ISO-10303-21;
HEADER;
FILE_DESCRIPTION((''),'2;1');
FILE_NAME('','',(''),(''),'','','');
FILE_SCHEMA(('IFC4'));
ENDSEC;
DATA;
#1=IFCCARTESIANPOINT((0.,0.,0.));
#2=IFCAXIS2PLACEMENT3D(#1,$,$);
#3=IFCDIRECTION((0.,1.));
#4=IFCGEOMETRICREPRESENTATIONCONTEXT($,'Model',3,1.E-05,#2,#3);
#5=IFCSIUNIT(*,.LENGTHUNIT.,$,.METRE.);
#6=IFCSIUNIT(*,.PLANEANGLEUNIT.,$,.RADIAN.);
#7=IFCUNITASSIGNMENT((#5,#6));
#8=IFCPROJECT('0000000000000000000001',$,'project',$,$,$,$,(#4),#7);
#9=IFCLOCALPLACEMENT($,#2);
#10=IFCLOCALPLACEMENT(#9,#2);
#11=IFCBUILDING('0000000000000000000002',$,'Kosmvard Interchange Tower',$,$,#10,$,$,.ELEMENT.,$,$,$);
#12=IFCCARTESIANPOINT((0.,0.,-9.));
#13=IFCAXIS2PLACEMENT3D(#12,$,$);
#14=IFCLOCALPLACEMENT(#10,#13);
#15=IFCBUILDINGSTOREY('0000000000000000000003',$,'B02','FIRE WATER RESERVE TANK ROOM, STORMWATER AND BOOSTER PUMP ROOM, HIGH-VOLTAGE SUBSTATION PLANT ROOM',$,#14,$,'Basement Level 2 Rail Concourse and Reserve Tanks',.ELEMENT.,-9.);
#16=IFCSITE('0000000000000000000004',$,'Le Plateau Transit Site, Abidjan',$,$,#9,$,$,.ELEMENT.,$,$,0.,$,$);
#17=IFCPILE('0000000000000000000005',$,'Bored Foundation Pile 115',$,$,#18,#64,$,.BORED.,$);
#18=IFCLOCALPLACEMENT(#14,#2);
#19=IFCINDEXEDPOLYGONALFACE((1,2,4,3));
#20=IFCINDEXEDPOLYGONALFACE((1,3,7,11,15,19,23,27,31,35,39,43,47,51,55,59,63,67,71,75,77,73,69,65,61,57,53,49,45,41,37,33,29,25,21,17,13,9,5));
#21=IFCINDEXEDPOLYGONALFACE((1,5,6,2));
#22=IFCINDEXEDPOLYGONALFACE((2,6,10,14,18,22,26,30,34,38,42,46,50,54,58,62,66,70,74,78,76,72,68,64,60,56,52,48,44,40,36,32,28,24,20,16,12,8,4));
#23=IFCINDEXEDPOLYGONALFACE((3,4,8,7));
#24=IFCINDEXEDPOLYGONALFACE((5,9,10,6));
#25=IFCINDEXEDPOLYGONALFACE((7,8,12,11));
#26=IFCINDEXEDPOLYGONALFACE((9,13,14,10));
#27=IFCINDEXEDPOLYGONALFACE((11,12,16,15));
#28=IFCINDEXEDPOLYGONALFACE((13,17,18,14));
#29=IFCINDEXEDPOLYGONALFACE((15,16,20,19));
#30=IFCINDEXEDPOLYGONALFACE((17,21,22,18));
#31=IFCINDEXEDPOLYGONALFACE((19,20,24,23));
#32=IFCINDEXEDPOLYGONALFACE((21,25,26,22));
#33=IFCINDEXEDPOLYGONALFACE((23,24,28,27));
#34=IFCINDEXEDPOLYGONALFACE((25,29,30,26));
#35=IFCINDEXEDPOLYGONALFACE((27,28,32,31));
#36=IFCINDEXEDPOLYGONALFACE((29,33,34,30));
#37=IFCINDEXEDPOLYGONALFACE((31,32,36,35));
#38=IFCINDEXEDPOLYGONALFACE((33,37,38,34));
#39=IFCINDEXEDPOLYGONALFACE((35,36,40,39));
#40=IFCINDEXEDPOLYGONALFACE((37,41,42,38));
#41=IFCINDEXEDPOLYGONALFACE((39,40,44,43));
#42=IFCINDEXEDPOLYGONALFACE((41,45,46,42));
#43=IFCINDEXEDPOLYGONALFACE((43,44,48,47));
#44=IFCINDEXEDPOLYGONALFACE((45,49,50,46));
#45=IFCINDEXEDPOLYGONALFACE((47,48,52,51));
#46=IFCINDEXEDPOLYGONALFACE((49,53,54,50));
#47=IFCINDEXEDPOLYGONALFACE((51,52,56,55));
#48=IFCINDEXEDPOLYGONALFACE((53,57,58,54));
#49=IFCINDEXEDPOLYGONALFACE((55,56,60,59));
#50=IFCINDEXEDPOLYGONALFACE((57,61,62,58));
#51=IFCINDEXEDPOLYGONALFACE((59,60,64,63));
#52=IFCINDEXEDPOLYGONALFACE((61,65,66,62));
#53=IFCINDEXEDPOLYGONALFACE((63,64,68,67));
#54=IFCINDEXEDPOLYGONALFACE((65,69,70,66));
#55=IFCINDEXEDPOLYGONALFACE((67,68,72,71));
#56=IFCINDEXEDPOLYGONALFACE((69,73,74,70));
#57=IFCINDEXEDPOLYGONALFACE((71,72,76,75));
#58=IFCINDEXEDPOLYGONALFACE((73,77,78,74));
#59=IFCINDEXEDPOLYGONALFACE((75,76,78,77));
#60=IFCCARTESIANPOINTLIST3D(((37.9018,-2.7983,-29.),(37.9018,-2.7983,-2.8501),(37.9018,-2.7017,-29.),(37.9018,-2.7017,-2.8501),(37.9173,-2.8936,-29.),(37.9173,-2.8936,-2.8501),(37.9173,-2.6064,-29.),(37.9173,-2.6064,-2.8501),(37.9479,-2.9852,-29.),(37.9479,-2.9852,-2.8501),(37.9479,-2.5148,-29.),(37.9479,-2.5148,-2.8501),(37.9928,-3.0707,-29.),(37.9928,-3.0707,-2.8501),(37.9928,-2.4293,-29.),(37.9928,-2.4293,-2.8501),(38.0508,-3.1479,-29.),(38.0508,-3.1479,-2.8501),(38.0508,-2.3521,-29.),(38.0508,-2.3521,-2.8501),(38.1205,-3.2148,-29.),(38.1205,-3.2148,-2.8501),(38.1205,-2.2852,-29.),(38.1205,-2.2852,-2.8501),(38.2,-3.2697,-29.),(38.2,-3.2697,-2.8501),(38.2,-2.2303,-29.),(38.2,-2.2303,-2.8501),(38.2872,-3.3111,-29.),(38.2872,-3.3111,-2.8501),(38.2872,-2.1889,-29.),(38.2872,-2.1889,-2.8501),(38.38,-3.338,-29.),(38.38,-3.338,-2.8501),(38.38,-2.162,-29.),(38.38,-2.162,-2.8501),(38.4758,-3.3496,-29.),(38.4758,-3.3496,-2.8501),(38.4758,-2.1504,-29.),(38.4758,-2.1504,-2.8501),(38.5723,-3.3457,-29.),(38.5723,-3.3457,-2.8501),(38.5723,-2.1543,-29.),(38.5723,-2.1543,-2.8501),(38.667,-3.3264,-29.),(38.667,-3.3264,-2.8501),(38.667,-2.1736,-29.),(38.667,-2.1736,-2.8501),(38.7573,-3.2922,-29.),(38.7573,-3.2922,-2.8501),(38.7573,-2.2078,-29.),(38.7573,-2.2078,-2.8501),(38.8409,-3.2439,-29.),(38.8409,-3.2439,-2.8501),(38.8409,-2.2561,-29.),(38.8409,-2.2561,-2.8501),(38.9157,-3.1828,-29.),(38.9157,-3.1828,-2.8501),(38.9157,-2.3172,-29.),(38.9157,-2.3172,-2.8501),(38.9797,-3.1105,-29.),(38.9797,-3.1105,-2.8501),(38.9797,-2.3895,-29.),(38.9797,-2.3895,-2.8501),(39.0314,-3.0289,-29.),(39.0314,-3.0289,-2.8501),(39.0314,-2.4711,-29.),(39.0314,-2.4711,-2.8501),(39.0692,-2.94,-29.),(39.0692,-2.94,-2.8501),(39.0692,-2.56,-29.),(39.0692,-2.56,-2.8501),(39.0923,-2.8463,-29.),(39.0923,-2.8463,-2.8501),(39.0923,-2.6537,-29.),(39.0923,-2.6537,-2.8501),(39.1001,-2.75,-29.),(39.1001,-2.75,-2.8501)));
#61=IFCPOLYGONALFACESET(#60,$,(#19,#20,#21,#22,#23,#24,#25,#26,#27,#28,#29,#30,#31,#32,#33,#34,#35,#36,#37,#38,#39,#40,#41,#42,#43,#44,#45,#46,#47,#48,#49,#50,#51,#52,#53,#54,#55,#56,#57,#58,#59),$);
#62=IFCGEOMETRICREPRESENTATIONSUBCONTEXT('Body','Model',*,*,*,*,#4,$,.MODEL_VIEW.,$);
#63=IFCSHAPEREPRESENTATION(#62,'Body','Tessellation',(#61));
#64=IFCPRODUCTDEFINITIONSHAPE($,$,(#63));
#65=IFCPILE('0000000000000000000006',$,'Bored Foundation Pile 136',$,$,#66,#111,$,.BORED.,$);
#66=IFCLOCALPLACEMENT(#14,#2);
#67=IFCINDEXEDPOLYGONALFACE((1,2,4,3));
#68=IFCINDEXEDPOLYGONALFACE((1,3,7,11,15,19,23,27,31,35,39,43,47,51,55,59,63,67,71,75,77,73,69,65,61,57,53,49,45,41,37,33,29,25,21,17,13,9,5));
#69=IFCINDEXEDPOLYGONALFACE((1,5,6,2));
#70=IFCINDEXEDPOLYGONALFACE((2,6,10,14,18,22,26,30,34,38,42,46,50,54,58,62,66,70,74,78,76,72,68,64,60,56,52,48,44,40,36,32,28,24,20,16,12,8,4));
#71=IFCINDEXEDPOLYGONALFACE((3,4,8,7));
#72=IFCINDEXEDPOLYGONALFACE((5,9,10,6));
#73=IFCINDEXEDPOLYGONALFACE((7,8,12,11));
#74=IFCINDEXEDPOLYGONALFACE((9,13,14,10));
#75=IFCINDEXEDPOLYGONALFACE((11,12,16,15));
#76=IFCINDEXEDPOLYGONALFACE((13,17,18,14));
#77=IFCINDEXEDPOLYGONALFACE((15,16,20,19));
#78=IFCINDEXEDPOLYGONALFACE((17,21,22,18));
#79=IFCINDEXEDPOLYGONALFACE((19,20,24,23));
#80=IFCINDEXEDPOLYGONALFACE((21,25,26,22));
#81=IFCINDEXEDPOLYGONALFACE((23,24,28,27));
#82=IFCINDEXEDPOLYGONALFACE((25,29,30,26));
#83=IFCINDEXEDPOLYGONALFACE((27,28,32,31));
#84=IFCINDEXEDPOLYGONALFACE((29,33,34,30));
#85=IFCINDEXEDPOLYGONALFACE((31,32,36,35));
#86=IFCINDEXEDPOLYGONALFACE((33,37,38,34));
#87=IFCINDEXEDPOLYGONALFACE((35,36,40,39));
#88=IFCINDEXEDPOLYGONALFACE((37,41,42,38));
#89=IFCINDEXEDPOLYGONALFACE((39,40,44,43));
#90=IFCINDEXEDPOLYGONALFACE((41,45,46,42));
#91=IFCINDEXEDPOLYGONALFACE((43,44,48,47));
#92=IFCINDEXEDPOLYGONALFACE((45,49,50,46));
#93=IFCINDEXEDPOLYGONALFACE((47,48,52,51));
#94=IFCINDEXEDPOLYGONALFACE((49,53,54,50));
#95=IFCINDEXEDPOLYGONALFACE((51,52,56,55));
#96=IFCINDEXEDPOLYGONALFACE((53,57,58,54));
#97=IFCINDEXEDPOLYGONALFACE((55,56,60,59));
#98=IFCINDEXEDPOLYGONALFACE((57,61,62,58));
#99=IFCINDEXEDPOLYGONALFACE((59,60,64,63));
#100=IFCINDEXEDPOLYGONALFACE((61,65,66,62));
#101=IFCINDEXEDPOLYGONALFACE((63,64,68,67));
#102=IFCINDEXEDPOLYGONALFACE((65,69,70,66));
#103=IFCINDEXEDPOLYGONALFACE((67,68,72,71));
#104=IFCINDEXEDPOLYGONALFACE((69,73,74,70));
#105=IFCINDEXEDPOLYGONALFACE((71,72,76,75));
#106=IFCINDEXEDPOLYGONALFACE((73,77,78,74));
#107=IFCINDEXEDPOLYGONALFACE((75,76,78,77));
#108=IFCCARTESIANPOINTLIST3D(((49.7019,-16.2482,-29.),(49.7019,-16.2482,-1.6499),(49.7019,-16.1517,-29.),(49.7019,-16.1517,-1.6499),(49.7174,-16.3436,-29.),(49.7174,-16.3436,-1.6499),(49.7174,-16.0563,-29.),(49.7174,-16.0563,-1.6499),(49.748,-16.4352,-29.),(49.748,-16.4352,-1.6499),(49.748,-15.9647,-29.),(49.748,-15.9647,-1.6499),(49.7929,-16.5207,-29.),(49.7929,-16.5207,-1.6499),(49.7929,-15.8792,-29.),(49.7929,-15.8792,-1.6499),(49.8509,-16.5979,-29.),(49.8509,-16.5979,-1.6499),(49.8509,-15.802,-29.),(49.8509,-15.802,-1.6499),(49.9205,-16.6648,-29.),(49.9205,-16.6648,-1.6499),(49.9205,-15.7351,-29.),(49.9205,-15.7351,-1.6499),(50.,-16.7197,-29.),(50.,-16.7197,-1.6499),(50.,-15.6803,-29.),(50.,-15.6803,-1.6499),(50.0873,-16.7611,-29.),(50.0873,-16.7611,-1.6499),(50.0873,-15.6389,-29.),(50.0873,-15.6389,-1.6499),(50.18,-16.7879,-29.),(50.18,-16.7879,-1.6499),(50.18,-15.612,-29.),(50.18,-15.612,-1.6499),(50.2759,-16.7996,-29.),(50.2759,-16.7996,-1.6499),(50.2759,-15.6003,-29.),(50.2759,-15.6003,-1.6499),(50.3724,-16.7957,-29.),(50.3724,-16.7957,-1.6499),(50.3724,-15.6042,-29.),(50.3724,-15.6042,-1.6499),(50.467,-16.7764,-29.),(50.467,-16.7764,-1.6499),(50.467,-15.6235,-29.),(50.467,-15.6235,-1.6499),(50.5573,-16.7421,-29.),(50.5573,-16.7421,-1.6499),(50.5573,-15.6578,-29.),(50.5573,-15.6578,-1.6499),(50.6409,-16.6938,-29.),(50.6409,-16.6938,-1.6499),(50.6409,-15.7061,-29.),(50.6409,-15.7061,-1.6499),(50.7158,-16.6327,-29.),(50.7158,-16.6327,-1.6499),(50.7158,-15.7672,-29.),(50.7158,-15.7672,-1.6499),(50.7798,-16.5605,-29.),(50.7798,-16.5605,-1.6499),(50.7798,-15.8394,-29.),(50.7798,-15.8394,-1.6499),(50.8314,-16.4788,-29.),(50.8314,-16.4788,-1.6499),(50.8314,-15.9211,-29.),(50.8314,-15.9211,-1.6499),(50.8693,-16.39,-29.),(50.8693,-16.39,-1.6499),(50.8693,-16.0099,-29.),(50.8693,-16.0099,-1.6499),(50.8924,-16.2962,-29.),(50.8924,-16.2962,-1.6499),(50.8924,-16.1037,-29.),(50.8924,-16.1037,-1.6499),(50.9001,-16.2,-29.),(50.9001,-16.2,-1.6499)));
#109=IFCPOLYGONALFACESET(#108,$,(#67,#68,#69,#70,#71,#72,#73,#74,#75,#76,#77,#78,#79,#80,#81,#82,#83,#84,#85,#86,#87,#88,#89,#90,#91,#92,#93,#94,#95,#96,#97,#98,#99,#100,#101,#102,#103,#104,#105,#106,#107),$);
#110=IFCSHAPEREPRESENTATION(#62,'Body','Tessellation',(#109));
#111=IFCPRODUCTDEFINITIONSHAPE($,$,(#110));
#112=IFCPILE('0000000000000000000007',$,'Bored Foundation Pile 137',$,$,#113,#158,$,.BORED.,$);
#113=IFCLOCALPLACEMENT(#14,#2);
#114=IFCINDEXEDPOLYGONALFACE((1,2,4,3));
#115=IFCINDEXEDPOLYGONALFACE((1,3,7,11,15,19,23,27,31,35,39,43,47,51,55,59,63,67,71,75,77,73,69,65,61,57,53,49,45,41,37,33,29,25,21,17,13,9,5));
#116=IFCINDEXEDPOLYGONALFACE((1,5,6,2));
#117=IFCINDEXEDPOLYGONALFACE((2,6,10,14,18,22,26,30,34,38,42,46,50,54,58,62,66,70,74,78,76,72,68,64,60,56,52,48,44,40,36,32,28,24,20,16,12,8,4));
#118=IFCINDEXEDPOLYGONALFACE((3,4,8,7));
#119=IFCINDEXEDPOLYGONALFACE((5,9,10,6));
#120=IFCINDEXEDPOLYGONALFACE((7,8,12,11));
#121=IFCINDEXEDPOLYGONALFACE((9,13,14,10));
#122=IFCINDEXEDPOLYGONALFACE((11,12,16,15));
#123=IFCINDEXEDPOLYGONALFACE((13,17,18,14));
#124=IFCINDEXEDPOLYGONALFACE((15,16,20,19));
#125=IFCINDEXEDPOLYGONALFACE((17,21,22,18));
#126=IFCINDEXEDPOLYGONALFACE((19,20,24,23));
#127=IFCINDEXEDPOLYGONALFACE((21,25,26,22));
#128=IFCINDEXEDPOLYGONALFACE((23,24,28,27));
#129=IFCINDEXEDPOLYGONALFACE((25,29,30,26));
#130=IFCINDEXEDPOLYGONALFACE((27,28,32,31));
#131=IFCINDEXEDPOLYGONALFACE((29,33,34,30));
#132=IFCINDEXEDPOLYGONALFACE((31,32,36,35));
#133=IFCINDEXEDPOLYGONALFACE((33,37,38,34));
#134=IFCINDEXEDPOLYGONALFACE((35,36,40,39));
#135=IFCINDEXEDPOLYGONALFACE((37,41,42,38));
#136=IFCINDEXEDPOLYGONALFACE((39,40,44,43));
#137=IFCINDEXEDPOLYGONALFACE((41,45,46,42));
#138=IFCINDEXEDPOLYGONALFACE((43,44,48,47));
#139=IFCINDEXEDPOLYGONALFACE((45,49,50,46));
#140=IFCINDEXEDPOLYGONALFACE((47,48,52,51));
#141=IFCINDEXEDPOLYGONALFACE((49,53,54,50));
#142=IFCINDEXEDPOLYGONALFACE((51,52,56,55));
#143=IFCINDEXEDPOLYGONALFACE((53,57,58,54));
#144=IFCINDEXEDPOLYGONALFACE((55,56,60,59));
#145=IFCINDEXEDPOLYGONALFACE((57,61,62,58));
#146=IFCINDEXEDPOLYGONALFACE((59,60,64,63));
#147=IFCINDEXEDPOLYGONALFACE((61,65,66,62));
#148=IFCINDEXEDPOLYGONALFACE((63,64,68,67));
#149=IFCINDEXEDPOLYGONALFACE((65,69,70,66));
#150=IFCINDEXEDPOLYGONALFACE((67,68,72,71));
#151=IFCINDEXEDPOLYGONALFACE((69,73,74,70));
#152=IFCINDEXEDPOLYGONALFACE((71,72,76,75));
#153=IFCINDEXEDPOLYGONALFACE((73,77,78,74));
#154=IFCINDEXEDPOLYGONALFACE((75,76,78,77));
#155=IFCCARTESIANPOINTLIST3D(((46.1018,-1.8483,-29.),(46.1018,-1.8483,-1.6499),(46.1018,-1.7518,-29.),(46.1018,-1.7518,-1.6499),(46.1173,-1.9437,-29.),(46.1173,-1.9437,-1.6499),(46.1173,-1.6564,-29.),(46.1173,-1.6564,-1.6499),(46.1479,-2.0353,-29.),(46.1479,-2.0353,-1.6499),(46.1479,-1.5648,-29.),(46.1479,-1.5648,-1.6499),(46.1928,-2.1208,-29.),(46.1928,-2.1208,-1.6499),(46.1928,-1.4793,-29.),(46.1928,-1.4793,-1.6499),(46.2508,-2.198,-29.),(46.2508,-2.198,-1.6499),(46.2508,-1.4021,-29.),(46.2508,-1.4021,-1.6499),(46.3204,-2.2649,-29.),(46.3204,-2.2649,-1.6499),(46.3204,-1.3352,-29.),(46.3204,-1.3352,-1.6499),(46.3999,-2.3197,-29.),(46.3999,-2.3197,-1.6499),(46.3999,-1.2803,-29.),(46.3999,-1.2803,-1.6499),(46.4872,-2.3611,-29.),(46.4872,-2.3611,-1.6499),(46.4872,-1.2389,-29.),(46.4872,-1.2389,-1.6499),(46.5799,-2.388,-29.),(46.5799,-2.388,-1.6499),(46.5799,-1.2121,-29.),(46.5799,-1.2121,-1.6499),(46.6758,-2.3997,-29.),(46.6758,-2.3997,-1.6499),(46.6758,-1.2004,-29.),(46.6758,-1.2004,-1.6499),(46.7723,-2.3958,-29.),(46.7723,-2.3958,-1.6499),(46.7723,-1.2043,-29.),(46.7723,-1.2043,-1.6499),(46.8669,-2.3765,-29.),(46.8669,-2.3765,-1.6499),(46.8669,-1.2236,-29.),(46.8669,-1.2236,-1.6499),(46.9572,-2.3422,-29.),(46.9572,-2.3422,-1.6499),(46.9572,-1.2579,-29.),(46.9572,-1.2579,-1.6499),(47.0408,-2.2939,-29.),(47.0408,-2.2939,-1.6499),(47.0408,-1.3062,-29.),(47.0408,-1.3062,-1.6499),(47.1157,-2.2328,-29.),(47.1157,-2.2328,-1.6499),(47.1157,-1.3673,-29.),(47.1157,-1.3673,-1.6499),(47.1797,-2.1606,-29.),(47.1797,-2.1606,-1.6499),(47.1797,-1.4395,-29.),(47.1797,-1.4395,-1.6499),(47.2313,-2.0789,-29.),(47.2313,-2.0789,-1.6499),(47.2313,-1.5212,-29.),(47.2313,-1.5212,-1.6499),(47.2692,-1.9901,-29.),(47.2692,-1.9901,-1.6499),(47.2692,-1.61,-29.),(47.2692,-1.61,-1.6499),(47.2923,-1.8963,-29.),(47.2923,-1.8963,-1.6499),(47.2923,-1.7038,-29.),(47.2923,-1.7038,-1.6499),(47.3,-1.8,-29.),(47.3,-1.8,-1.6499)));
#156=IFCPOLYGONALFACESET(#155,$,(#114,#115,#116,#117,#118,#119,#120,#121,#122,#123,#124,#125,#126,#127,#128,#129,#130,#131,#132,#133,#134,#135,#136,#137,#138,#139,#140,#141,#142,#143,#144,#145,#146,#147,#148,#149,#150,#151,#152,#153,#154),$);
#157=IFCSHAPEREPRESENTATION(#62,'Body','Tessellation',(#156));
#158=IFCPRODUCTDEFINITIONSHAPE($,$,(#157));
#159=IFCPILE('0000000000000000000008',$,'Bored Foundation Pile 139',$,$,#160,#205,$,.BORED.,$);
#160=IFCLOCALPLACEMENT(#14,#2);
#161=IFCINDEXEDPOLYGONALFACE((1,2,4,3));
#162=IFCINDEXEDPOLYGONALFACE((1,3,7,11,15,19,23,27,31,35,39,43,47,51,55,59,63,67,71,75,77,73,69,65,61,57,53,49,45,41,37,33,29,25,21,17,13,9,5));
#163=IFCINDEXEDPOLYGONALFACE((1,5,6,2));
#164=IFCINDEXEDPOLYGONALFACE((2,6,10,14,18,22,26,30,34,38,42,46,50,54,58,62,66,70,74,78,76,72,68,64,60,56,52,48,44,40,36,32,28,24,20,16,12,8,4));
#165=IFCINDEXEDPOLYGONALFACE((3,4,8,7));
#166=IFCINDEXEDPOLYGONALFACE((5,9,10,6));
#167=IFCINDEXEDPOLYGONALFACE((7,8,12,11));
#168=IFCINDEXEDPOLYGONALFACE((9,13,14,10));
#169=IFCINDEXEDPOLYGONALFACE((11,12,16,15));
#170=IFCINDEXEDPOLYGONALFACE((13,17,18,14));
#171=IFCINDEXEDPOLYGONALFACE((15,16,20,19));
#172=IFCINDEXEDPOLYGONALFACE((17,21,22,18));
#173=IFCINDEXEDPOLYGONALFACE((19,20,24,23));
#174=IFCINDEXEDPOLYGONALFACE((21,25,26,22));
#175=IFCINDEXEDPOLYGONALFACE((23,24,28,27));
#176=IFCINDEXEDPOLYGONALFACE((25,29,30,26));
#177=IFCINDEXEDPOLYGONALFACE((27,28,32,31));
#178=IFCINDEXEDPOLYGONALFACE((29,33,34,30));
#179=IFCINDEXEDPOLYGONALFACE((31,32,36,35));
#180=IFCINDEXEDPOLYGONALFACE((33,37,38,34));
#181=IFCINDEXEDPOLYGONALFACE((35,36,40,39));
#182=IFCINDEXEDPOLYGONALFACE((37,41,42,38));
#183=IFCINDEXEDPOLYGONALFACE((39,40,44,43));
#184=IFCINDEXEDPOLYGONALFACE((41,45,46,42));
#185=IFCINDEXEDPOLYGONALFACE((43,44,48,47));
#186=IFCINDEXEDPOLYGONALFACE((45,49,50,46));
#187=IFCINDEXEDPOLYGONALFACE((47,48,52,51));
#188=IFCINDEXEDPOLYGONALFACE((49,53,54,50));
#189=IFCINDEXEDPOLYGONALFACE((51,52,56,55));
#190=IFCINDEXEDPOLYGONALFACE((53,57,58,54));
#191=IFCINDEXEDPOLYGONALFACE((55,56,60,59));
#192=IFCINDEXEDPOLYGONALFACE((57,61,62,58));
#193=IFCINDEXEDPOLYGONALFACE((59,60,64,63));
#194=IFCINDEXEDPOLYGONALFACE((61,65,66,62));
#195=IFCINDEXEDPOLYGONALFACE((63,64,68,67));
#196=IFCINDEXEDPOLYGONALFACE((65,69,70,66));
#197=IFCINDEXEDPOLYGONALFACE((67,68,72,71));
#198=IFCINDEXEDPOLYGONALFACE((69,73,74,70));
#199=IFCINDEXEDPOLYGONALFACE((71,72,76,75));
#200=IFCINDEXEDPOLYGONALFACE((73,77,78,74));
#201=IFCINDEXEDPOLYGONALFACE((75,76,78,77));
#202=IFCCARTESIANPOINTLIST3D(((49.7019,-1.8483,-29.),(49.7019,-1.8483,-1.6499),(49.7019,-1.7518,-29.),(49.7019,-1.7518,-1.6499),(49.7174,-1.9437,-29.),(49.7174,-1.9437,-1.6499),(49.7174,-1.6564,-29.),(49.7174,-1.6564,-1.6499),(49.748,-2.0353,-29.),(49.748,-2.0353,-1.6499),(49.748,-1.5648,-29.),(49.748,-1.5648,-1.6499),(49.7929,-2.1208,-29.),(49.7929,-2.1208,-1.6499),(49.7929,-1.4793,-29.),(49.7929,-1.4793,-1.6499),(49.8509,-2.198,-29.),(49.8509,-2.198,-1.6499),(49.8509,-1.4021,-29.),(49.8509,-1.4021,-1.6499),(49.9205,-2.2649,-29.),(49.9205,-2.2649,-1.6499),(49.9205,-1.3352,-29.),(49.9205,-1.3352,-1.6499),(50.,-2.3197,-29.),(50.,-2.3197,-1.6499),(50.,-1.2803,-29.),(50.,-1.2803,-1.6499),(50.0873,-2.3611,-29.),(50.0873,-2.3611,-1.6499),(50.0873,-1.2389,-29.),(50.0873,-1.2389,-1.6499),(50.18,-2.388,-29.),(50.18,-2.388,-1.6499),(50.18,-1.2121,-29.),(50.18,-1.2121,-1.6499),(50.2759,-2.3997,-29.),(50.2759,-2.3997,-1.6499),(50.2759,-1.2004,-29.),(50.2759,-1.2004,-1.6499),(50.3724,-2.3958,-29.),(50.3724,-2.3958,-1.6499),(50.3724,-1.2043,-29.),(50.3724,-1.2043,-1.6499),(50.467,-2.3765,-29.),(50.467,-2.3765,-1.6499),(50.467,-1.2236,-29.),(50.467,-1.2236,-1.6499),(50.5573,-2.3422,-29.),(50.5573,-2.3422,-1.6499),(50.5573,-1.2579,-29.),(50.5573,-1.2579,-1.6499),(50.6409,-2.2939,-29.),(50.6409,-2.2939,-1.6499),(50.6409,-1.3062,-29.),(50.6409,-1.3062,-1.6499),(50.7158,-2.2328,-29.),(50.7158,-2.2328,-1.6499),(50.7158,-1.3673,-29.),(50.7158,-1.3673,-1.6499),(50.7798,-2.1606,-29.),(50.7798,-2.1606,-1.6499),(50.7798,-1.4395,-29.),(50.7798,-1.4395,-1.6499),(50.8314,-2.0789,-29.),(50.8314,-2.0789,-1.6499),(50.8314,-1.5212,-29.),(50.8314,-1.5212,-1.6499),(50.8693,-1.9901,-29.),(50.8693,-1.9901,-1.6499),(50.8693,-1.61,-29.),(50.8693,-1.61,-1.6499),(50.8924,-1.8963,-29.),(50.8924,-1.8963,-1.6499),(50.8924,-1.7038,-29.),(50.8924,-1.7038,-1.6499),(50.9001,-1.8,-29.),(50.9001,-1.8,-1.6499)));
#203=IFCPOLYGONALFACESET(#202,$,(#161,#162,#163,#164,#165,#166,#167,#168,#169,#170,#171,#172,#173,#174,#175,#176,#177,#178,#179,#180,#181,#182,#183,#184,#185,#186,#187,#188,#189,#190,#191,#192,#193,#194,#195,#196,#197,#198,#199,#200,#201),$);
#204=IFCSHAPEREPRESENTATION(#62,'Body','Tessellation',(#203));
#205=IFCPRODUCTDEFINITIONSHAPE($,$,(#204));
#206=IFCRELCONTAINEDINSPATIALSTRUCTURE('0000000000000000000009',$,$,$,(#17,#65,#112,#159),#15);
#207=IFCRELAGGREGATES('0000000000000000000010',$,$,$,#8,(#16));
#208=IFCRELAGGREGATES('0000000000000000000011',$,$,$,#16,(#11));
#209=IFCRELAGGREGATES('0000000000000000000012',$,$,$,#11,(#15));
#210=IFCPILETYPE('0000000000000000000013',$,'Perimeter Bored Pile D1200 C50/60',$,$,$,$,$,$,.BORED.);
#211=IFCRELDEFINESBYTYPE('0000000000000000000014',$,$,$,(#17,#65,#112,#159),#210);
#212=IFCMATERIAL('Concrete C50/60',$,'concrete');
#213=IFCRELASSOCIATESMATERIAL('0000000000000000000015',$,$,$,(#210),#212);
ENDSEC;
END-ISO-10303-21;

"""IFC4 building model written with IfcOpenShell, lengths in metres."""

from ifc_helpers import new_model, si_unit, direction, frame, origin, origin_2d, place, context, subcontext, project, spatial, circle, extrude, source, transform, mapped, material, material_profile, profile_set, type_object, element, save


model = new_model("IFC4")

# Units and contexts
model_context = context("Model", 3, precision=1e-05, world=origin(), true_north=direction((0.0, 1.0)))
body_context = subcontext(model_context, "Body", "Model", "MODEL_VIEW")
ifc_project = project(units=[si_unit("LENGTHUNIT", "METRE"), si_unit("PLANEANGLEUNIT", "RADIAN")], contexts=[model_context])

# Site, building, storey
site_placement = place(None, origin())
site = spatial("IfcSite", under=ifc_project, at=site_placement, Name="Le Plateau Transit Site, Abidjan", CompositionType="ELEMENT", RefElevation=0.0)
building_placement = place(site_placement, origin())
building = spatial("IfcBuilding", under=site, at=building_placement, Name="Kosmvard Interchange Tower", CompositionType="ELEMENT")
storey_placement = place(building_placement, frame((0.0, 0.0, -9.0)))
storey = spatial("IfcBuildingStorey", under=building, at=storey_placement, Name="B02", Description="FIRE WATER RESERVE TANK ROOM, STORMWATER AND BOOSTER PUMP ROOM, HIGH-VOLTAGE SUBSTATION PLANT ROOM", LongName="Basement Level 2 Rail Concourse and Reserve Tanks", CompositionType="ELEMENT", Elevation=-9.0)

# Piles
ifc_material_1 = material(Name="Concrete C50/60", Category="concrete")
ifc_material_profile_1 = material_profile(ifc_material_1, circle(Radius=0.6001, at=origin_2d()), Name="PILE D1200")
ifc_profile_set_1 = profile_set([ifc_material_profile_1], Name="Concrete C50/60")
pile_type = type_object("IfcPileType", Name="Perimeter Bored Pile D1200 C50/60", PredefinedType="BORED", material=ifc_profile_set_1)
shared_shape_1 = source(origin(), body_context, "Body", "SweptSolid", [
    extrude(circle(Radius=0.6001, at=origin_2d()), origin(), (0.0, 0.0, 1.0), 26.1499),
])
for number, where, z_axis, x_axis, name in (
    (1, (38.5, -2.75, -2.8501), (0.0, 0.0, -1.0), (1.0, 0.0, 0.0), "Bored Foundation Pile 115"),
):
    element("IfcPile", number, at=place(storey_placement, frame(where, z_axis=z_axis, x_axis=x_axis)), inside=storey, type_object=pile_type, Name=name, PredefinedType="BORED", context=body_context, shape_type="MappedRepresentation", body=[
        mapped(shared_shape_1, transform((0.0, 0.0, 0.0), scale=1.0)),
    ])
shared_shape_2 = source(origin(), body_context, "Body", "SweptSolid", [
    extrude(circle(Radius=0.6001, at=origin_2d()), origin(), (0.0, 0.0, 1.0), 27.3501),
])
for number, where, z_axis, x_axis, name in (
    (2, (50.3, -16.2, -1.6499), (0.0, 0.0, -1.0), (1.0, 0.0, 0.0), "Bored Foundation Pile 136"),
    (3, (46.7, -1.8, -1.6499), (0.0, 0.0, -1.0), (1.0, 0.0, 0.0), "Bored Foundation Pile 137"),
    (4, (50.3, -1.8, -1.6499), (0.0, 0.0, -1.0), (1.0, 0.0, 0.0), "Bored Foundation Pile 139"),
):
    element("IfcPile", number, at=place(storey_placement, frame(where, z_axis=z_axis, x_axis=x_axis)), inside=storey, type_object=pile_type, Name=name, PredefinedType="BORED", context=body_context, shape_type="MappedRepresentation", body=[
        mapped(shared_shape_2, transform((0.0, 0.0, 0.0), scale=1.0)),
    ])

save(model, "model.ifc")
